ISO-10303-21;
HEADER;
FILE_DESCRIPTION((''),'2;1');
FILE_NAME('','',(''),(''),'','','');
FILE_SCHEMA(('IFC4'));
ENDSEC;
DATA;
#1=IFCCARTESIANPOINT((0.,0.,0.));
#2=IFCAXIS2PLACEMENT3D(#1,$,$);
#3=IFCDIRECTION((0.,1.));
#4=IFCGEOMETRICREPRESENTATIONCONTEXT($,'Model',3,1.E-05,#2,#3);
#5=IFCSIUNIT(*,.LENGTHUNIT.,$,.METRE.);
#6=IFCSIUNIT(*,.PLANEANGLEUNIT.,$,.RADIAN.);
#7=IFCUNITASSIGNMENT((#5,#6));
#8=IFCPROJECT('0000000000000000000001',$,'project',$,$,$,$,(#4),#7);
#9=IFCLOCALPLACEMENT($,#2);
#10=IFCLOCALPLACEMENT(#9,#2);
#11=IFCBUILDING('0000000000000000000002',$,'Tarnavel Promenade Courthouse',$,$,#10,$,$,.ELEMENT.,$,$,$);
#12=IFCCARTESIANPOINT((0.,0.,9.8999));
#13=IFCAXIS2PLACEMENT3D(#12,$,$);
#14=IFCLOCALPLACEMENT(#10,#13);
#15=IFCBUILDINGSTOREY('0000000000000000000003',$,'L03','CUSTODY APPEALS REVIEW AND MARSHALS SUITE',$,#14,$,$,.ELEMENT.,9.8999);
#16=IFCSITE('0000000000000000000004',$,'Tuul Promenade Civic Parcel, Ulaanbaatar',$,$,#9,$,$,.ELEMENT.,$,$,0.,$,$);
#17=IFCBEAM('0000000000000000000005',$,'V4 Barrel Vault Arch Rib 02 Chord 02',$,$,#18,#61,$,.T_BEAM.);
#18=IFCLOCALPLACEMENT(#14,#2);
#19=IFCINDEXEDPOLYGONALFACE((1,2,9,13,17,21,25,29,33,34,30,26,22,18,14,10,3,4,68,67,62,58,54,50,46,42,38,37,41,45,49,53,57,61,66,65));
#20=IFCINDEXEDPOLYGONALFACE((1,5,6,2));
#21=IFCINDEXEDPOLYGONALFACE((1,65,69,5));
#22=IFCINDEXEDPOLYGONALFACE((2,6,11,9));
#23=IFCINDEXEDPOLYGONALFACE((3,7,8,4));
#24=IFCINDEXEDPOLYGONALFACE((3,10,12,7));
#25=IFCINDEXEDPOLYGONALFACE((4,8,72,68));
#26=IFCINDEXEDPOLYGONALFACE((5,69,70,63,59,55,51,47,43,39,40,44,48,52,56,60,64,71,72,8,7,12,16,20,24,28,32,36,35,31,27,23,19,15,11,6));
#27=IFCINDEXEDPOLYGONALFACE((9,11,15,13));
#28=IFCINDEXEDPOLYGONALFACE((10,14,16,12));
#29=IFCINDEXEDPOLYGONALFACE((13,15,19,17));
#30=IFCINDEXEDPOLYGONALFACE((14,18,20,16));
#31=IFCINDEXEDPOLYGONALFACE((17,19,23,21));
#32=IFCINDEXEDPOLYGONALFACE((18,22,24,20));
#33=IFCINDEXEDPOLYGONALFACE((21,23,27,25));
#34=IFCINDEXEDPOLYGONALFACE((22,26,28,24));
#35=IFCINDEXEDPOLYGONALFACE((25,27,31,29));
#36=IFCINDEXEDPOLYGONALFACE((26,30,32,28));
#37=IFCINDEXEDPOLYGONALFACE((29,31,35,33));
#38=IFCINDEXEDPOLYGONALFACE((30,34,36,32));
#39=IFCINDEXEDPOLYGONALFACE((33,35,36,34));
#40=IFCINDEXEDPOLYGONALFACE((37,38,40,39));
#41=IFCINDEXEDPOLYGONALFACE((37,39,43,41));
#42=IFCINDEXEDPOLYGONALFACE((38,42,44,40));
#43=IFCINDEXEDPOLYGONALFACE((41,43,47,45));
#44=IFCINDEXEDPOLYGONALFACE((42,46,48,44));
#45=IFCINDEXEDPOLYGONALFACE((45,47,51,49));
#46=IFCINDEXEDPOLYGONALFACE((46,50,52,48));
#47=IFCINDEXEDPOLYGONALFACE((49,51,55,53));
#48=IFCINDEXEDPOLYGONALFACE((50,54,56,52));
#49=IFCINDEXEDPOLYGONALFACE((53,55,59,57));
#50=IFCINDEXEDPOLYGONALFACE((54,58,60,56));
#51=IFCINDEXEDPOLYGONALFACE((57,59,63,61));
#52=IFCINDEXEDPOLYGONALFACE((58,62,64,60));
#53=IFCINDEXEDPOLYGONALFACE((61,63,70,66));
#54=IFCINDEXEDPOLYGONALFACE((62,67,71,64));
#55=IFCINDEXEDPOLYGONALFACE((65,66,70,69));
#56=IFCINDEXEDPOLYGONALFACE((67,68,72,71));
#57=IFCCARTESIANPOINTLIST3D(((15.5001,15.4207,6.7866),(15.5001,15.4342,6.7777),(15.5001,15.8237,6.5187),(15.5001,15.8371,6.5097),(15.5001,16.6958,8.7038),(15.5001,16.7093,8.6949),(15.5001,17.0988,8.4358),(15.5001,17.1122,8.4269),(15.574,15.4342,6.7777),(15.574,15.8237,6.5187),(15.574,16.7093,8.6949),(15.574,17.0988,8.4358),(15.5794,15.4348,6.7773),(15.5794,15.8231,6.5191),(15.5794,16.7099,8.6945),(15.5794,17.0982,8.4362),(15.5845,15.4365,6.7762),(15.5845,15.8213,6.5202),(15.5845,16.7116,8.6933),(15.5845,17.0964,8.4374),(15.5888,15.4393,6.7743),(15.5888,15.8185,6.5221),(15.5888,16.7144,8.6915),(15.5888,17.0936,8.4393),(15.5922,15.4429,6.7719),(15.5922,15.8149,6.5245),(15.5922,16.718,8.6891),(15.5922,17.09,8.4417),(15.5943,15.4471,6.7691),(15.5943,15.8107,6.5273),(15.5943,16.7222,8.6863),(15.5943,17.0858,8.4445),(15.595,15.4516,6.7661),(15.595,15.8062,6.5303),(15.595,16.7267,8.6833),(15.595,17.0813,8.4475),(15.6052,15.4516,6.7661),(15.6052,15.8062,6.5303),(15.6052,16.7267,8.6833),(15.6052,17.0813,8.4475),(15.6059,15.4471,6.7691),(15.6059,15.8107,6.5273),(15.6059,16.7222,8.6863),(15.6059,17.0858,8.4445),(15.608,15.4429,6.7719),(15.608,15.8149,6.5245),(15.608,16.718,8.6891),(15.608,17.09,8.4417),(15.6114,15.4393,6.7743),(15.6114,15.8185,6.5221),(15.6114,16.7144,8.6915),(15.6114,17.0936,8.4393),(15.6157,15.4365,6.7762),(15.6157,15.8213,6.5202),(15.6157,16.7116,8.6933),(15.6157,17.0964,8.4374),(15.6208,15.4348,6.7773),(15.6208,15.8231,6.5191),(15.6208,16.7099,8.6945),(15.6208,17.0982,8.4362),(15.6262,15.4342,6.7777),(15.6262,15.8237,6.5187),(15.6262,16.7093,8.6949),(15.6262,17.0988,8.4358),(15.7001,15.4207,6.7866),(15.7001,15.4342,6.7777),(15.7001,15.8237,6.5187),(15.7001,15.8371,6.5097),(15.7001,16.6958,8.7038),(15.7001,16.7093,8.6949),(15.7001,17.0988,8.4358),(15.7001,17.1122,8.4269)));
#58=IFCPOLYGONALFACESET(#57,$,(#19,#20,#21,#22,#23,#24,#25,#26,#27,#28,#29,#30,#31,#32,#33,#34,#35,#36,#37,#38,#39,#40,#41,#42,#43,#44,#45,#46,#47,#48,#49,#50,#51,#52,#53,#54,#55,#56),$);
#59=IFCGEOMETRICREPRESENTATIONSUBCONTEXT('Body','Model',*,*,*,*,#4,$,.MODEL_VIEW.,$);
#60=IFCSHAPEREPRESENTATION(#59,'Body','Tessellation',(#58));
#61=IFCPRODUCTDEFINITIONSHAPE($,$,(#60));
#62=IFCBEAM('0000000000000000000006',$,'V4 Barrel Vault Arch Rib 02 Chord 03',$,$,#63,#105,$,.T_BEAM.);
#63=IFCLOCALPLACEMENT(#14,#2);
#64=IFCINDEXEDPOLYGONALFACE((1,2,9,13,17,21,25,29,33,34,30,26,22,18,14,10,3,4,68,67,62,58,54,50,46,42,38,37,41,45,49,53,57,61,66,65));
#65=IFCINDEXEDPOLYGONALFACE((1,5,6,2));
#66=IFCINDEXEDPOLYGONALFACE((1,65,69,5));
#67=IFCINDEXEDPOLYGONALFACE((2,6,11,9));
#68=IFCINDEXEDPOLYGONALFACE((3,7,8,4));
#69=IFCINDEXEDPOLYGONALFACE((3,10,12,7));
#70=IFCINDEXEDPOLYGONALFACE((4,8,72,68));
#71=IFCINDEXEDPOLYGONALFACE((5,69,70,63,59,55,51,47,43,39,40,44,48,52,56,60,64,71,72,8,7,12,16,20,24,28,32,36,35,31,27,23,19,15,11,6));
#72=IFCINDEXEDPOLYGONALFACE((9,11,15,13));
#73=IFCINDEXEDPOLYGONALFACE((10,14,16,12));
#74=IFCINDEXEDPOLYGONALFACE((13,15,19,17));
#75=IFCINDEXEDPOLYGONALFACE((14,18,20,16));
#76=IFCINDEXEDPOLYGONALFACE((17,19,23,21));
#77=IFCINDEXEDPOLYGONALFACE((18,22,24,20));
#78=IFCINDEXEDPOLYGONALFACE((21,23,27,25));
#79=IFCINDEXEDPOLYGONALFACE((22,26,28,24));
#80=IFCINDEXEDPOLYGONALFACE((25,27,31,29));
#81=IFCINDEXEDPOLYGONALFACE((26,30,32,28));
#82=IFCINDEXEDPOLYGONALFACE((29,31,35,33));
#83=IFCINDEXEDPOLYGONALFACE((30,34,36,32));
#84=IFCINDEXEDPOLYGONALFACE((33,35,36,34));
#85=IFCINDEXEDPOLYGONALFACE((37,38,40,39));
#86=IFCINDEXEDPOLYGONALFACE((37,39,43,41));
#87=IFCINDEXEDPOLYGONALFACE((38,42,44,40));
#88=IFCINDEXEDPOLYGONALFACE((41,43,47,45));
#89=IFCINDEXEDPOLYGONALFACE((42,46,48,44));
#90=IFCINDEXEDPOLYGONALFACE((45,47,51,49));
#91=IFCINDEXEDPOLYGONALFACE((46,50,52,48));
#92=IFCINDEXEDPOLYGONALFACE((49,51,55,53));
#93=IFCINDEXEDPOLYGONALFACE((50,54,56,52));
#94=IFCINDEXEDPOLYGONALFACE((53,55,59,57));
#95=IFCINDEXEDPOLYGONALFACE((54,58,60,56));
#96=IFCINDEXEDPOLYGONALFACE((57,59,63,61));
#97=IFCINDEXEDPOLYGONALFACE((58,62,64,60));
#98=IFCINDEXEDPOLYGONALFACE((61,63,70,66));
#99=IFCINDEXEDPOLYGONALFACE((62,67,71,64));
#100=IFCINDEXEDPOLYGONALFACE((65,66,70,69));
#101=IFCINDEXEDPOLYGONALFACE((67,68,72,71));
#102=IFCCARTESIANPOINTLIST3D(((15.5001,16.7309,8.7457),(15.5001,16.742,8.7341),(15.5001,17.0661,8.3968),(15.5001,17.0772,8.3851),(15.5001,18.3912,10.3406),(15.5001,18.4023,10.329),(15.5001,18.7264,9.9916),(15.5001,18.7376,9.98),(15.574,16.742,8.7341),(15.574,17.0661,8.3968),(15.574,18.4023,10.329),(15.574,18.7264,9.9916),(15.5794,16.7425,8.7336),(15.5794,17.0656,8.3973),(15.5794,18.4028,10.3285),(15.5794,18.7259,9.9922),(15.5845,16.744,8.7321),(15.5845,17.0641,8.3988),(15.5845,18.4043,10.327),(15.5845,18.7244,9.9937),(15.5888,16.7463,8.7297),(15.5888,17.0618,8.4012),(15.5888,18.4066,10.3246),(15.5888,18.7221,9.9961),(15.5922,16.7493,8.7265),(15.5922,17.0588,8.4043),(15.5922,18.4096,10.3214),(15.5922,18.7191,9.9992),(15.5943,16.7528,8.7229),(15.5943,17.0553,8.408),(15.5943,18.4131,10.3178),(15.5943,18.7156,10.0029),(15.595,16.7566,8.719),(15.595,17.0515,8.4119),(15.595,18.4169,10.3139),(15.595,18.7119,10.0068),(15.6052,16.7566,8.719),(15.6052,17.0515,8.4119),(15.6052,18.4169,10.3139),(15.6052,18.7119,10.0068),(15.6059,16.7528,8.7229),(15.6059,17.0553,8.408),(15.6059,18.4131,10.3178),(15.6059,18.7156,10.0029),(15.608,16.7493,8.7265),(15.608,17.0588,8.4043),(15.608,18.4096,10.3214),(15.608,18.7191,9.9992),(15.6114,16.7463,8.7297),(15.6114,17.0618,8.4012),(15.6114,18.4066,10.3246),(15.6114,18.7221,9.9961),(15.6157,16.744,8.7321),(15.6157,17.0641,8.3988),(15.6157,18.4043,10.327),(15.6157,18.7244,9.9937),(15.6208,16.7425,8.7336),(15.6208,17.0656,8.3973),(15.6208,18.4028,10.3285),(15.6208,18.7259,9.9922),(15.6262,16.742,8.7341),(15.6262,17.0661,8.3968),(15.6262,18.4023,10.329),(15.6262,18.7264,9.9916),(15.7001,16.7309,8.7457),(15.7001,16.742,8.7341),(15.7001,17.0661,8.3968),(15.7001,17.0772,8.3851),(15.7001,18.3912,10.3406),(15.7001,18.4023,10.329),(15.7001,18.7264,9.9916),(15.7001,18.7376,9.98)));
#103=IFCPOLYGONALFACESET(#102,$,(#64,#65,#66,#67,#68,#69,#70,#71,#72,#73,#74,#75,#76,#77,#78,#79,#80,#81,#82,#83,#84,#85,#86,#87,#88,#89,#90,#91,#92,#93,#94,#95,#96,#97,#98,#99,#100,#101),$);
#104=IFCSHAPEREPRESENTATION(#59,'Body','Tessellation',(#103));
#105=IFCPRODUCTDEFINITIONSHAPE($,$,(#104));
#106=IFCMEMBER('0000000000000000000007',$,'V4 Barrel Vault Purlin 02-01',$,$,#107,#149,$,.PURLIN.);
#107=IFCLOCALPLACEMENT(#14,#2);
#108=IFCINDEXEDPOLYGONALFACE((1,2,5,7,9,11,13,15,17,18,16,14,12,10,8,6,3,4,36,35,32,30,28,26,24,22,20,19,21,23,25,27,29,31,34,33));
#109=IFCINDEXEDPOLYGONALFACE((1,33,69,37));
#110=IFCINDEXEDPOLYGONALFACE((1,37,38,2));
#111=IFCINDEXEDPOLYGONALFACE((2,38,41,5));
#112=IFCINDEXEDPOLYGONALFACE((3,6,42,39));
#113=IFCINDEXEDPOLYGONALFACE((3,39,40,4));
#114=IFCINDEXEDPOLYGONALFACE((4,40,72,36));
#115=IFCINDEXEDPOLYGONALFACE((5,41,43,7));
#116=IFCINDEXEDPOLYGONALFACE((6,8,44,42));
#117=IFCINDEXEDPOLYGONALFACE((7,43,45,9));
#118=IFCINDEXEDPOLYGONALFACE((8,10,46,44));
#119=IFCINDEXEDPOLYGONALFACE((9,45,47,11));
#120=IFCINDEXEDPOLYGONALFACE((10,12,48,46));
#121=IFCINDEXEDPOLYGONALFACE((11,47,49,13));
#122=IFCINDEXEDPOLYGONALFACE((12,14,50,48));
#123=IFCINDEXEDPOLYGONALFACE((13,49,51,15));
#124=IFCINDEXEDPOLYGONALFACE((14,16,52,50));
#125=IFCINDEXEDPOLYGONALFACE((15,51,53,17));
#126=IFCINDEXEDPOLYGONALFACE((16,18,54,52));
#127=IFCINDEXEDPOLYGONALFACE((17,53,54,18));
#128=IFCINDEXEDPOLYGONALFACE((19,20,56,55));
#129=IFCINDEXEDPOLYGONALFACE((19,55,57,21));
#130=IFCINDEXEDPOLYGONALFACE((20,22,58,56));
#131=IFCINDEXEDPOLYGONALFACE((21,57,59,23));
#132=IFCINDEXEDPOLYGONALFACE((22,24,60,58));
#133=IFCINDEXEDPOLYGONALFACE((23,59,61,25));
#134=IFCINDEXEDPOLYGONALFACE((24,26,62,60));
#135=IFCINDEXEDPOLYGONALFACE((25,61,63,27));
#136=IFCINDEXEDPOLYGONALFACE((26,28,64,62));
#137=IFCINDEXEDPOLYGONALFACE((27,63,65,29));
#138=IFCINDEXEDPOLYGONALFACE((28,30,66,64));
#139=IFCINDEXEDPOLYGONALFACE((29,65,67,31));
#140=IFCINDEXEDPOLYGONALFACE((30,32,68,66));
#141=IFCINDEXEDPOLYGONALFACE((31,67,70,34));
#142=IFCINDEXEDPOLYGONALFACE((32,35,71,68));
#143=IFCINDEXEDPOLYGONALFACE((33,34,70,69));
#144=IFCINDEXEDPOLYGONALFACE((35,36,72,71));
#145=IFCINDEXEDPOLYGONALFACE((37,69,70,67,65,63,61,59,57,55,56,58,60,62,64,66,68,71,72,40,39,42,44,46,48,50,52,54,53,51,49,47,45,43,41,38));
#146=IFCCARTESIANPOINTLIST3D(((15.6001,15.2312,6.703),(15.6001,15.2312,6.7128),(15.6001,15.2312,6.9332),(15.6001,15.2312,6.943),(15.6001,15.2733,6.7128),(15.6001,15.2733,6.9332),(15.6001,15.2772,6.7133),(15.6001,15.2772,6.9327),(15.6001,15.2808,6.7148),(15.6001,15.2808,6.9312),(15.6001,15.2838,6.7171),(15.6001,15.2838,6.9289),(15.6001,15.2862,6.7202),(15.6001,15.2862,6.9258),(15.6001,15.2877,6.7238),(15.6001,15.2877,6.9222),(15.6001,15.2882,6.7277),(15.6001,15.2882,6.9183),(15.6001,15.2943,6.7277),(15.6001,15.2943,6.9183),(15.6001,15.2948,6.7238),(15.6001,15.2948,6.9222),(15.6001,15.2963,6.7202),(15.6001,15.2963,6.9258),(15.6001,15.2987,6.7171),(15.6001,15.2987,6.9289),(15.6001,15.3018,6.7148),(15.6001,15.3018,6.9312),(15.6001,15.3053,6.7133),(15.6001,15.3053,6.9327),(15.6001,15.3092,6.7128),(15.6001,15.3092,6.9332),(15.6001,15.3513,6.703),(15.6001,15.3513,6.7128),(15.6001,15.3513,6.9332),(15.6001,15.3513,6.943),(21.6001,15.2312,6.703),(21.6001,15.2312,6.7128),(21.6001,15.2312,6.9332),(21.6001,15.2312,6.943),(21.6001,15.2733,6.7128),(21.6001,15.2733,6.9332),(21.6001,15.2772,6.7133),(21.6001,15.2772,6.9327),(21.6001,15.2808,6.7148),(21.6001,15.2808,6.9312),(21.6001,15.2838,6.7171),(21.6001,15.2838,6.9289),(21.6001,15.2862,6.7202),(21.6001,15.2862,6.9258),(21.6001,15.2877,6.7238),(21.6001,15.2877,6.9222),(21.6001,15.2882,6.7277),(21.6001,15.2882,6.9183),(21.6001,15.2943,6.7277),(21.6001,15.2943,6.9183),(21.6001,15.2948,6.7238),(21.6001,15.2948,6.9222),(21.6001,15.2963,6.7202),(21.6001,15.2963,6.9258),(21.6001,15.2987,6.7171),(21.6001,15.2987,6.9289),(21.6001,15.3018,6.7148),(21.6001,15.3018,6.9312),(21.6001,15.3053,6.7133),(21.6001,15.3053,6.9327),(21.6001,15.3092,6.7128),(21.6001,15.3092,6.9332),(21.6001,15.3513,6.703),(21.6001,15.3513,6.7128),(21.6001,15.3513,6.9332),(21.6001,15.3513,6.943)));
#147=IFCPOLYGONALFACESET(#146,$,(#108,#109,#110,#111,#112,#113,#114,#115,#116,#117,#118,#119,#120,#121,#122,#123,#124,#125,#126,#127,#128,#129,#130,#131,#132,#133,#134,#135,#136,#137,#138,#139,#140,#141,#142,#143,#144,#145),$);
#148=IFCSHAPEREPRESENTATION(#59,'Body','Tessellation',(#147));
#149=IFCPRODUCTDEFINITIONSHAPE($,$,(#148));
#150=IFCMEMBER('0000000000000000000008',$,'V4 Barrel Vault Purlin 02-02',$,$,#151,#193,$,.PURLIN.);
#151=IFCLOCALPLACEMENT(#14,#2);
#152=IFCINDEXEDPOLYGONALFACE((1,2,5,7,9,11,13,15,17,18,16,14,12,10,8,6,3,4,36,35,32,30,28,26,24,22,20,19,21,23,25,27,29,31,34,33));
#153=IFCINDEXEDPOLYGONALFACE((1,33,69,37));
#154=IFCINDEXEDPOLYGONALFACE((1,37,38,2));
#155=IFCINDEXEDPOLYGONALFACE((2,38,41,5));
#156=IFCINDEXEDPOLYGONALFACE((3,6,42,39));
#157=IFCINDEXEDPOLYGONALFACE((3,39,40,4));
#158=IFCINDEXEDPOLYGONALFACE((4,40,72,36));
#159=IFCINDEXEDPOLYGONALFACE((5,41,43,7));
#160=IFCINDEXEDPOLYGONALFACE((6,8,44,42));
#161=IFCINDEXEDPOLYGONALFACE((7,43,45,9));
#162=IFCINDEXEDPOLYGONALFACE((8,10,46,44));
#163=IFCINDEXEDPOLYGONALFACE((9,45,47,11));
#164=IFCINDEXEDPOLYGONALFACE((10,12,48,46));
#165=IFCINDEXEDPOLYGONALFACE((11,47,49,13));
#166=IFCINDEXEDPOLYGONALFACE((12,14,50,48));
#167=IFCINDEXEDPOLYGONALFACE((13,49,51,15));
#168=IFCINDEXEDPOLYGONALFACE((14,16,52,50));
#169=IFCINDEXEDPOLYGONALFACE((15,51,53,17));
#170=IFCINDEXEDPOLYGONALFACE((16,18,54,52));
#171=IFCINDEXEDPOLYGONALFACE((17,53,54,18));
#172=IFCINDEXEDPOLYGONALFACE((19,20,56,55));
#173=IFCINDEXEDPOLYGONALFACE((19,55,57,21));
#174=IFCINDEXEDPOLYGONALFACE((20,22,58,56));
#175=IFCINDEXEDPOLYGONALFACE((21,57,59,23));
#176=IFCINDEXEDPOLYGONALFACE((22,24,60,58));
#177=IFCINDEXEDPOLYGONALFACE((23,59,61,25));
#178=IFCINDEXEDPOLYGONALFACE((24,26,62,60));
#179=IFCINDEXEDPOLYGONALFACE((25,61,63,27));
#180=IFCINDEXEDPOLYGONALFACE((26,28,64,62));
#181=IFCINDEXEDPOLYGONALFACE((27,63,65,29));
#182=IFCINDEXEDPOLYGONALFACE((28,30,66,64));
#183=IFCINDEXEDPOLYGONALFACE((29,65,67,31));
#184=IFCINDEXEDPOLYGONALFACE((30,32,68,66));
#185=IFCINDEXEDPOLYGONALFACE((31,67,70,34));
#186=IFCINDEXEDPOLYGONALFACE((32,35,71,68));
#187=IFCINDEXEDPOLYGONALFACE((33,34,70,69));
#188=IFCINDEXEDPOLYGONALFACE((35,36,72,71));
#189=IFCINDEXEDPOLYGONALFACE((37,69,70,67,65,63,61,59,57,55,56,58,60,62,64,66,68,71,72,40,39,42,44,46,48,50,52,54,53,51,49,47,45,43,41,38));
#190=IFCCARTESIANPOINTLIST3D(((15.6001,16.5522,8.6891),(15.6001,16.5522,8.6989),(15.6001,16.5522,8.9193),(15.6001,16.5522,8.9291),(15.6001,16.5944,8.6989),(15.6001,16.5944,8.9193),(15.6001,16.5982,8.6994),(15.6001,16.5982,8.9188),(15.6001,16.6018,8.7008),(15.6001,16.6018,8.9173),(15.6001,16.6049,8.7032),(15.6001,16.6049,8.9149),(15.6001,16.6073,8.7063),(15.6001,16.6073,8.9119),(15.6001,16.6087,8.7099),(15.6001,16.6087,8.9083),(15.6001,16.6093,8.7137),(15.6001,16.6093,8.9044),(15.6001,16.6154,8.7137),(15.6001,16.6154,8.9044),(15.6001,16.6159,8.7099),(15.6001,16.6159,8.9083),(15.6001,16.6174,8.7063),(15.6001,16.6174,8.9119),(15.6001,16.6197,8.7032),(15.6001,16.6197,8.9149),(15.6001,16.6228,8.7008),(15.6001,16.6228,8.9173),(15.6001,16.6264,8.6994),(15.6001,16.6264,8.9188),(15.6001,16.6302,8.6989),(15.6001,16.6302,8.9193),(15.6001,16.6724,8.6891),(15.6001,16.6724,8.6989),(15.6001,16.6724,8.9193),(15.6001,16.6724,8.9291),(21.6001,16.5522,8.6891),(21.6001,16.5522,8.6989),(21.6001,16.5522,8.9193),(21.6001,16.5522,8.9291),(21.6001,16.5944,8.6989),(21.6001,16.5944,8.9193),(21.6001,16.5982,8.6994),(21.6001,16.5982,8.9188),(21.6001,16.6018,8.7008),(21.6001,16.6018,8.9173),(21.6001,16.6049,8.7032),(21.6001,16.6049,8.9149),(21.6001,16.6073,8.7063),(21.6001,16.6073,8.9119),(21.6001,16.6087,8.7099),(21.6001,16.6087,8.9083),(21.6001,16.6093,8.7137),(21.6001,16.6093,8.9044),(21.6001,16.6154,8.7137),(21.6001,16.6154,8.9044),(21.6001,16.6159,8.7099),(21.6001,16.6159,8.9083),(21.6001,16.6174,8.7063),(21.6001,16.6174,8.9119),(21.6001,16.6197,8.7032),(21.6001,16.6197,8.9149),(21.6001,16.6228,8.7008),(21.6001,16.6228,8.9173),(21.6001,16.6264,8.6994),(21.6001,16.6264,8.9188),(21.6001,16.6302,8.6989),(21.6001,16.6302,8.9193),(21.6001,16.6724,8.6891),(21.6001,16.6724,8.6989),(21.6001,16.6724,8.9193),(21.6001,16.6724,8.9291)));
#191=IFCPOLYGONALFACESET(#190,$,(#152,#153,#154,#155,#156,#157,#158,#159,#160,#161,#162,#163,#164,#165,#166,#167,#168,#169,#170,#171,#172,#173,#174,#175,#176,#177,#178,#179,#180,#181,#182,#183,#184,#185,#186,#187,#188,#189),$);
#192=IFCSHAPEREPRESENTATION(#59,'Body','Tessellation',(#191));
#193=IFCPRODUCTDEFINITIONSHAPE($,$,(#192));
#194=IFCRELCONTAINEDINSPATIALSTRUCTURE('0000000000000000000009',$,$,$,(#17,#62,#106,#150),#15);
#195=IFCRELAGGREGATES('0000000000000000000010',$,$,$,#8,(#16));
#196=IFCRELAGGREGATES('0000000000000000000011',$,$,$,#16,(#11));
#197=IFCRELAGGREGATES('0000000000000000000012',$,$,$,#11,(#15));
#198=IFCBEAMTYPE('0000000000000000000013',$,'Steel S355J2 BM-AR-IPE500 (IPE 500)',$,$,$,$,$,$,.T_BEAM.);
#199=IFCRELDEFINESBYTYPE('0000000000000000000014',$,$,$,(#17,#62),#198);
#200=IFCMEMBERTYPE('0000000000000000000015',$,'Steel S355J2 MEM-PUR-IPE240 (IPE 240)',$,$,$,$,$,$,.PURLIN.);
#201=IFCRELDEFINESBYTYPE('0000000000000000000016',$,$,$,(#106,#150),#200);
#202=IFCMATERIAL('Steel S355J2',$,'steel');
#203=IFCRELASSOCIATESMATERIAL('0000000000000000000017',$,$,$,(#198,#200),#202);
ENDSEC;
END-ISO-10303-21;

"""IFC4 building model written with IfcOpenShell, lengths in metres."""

from ifc_helpers import new_model, si_unit, direction, frame, origin, origin_2d, place, context, subcontext, project, spatial, i_section, extrude, material, material_profile, profile_set, type_object, element, save


model = new_model("IFC4")

# Units and contexts
model_context = context("Model", 3, precision=1e-05, world=origin(), true_north=direction((0.0, 1.0)))
body_context = subcontext(model_context, "Body", "Model", "MODEL_VIEW")
ifc_project = project(units=[si_unit("LENGTHUNIT", "METRE"), si_unit("PLANEANGLEUNIT", "RADIAN")], contexts=[model_context])

# Site, building, storey
site_placement = place(None, origin())
site = spatial("IfcSite", under=ifc_project, at=site_placement, Name="Tuul Promenade Civic Parcel, Ulaanbaatar", CompositionType="ELEMENT", RefElevation=0.0)
building_placement = place(site_placement, origin())
building = spatial("IfcBuilding", under=site, at=building_placement, Name="Tarnavel Promenade Courthouse", CompositionType="ELEMENT")
storey_placement = place(building_placement, frame((0.0, 0.0, 9.8999)))
storey = spatial("IfcBuildingStorey", under=building, at=storey_placement, Name="L03", Description="CUSTODY APPEALS REVIEW AND MARSHALS SUITE", CompositionType="ELEMENT", Elevation=9.8999)

# Beams
ifc_material_1 = material(Name="Steel S355J2", Category="steel")
ifc_material_profile_1 = material_profile(ifc_material_1, i_section(OverallWidth=0.2, OverallDepth=0.5, WebThickness=0.0103, FlangeThickness=0.0161, FilletRadius=0.021, at=origin_2d()), Name="IPE 500")
ifc_profile_set_1 = profile_set([ifc_material_profile_1], Name="Steel S355J2")
beam_type = type_object("IfcBeamType", Name="Steel S355J2 BM-AR-IPE500 (IPE 500)", PredefinedType="T_BEAM", material=ifc_profile_set_1)
beam_1_placement = place(storey_placement, frame((15.6001, 15.6289, 6.6482), z_axis=(0.0, 0.553795, 0.832653), x_axis=(-1.0, 0.0, 0.0)))
element("IfcBeam", 1, at=beam_1_placement, inside=storey, type_object=beam_type, Name="V4 Barrel Vault Arch Rib 02 Chord 02", PredefinedType="T_BEAM", context=body_context, shape_type="SweptSolid", body=[
    extrude(i_section(OverallWidth=0.2, OverallDepth=0.5, WebThickness=0.0103, FlangeThickness=0.0161, FilletRadius=0.021, at=origin_2d()), origin(), (0.0, 0.0, 1.0), 2.3025),
])
beam_2_placement = place(storey_placement, frame((15.6001, 16.9041, 8.5654), z_axis=(0.0, 0.721173, 0.692755), x_axis=(-1.0, 0.0, 0.0)))
element("IfcBeam", 2, at=beam_2_placement, inside=storey, type_object=beam_type, Name="V4 Barrel Vault Arch Rib 02 Chord 03", PredefinedType="T_BEAM", context=body_context, shape_type="SweptSolid", body=[
    extrude(i_section(OverallWidth=0.2, OverallDepth=0.5, WebThickness=0.0103, FlangeThickness=0.0161, FilletRadius=0.021, at=origin_2d()), origin(), (0.0, 0.0, 1.0), 2.3022),
])

# Members
ifc_material_profile_2 = material_profile(ifc_material_1, i_section(OverallWidth=0.1201, OverallDepth=0.24, WebThickness=0.0061, FlangeThickness=0.0098, FilletRadius=0.0149, at=origin_2d()), Name="IPE 240")
ifc_profile_set_2 = profile_set([ifc_material_profile_2], Name="Steel S355J2")
member_type_1 = type_object("IfcMemberType", Name="Steel S355J2 MEM-PUR-IPE240 (IPE 240)", PredefinedType="PURLIN", material=ifc_profile_set_2)
for number, where, z_axis, x_axis, name in (
    (3, (15.6001, 15.2913, 6.823), (1.0, 0.0, 0.0), (0.0, 1.0, 0.0), "V4 Barrel Vault Purlin 02-01"),
    (4, (15.6001, 16.6123, 8.8091), (1.0, 0.0, 0.0), (0.0, 1.0, 0.0), "V4 Barrel Vault Purlin 02-02"),
):
    element("IfcMember", number, at=place(storey_placement, frame(where, z_axis=z_axis, x_axis=x_axis)), inside=storey, type_object=member_type_1, Name=name, PredefinedType="PURLIN", context=body_context, shape_type="SweptSolid", body=[
        extrude(i_section(OverallWidth=0.1201, OverallDepth=0.24, WebThickness=0.0061, FlangeThickness=0.0098, FilletRadius=0.0149, at=origin_2d()), origin(), (0.0, 0.0, 1.0), 6.0),
    ])

save(model, "model.ifc")
